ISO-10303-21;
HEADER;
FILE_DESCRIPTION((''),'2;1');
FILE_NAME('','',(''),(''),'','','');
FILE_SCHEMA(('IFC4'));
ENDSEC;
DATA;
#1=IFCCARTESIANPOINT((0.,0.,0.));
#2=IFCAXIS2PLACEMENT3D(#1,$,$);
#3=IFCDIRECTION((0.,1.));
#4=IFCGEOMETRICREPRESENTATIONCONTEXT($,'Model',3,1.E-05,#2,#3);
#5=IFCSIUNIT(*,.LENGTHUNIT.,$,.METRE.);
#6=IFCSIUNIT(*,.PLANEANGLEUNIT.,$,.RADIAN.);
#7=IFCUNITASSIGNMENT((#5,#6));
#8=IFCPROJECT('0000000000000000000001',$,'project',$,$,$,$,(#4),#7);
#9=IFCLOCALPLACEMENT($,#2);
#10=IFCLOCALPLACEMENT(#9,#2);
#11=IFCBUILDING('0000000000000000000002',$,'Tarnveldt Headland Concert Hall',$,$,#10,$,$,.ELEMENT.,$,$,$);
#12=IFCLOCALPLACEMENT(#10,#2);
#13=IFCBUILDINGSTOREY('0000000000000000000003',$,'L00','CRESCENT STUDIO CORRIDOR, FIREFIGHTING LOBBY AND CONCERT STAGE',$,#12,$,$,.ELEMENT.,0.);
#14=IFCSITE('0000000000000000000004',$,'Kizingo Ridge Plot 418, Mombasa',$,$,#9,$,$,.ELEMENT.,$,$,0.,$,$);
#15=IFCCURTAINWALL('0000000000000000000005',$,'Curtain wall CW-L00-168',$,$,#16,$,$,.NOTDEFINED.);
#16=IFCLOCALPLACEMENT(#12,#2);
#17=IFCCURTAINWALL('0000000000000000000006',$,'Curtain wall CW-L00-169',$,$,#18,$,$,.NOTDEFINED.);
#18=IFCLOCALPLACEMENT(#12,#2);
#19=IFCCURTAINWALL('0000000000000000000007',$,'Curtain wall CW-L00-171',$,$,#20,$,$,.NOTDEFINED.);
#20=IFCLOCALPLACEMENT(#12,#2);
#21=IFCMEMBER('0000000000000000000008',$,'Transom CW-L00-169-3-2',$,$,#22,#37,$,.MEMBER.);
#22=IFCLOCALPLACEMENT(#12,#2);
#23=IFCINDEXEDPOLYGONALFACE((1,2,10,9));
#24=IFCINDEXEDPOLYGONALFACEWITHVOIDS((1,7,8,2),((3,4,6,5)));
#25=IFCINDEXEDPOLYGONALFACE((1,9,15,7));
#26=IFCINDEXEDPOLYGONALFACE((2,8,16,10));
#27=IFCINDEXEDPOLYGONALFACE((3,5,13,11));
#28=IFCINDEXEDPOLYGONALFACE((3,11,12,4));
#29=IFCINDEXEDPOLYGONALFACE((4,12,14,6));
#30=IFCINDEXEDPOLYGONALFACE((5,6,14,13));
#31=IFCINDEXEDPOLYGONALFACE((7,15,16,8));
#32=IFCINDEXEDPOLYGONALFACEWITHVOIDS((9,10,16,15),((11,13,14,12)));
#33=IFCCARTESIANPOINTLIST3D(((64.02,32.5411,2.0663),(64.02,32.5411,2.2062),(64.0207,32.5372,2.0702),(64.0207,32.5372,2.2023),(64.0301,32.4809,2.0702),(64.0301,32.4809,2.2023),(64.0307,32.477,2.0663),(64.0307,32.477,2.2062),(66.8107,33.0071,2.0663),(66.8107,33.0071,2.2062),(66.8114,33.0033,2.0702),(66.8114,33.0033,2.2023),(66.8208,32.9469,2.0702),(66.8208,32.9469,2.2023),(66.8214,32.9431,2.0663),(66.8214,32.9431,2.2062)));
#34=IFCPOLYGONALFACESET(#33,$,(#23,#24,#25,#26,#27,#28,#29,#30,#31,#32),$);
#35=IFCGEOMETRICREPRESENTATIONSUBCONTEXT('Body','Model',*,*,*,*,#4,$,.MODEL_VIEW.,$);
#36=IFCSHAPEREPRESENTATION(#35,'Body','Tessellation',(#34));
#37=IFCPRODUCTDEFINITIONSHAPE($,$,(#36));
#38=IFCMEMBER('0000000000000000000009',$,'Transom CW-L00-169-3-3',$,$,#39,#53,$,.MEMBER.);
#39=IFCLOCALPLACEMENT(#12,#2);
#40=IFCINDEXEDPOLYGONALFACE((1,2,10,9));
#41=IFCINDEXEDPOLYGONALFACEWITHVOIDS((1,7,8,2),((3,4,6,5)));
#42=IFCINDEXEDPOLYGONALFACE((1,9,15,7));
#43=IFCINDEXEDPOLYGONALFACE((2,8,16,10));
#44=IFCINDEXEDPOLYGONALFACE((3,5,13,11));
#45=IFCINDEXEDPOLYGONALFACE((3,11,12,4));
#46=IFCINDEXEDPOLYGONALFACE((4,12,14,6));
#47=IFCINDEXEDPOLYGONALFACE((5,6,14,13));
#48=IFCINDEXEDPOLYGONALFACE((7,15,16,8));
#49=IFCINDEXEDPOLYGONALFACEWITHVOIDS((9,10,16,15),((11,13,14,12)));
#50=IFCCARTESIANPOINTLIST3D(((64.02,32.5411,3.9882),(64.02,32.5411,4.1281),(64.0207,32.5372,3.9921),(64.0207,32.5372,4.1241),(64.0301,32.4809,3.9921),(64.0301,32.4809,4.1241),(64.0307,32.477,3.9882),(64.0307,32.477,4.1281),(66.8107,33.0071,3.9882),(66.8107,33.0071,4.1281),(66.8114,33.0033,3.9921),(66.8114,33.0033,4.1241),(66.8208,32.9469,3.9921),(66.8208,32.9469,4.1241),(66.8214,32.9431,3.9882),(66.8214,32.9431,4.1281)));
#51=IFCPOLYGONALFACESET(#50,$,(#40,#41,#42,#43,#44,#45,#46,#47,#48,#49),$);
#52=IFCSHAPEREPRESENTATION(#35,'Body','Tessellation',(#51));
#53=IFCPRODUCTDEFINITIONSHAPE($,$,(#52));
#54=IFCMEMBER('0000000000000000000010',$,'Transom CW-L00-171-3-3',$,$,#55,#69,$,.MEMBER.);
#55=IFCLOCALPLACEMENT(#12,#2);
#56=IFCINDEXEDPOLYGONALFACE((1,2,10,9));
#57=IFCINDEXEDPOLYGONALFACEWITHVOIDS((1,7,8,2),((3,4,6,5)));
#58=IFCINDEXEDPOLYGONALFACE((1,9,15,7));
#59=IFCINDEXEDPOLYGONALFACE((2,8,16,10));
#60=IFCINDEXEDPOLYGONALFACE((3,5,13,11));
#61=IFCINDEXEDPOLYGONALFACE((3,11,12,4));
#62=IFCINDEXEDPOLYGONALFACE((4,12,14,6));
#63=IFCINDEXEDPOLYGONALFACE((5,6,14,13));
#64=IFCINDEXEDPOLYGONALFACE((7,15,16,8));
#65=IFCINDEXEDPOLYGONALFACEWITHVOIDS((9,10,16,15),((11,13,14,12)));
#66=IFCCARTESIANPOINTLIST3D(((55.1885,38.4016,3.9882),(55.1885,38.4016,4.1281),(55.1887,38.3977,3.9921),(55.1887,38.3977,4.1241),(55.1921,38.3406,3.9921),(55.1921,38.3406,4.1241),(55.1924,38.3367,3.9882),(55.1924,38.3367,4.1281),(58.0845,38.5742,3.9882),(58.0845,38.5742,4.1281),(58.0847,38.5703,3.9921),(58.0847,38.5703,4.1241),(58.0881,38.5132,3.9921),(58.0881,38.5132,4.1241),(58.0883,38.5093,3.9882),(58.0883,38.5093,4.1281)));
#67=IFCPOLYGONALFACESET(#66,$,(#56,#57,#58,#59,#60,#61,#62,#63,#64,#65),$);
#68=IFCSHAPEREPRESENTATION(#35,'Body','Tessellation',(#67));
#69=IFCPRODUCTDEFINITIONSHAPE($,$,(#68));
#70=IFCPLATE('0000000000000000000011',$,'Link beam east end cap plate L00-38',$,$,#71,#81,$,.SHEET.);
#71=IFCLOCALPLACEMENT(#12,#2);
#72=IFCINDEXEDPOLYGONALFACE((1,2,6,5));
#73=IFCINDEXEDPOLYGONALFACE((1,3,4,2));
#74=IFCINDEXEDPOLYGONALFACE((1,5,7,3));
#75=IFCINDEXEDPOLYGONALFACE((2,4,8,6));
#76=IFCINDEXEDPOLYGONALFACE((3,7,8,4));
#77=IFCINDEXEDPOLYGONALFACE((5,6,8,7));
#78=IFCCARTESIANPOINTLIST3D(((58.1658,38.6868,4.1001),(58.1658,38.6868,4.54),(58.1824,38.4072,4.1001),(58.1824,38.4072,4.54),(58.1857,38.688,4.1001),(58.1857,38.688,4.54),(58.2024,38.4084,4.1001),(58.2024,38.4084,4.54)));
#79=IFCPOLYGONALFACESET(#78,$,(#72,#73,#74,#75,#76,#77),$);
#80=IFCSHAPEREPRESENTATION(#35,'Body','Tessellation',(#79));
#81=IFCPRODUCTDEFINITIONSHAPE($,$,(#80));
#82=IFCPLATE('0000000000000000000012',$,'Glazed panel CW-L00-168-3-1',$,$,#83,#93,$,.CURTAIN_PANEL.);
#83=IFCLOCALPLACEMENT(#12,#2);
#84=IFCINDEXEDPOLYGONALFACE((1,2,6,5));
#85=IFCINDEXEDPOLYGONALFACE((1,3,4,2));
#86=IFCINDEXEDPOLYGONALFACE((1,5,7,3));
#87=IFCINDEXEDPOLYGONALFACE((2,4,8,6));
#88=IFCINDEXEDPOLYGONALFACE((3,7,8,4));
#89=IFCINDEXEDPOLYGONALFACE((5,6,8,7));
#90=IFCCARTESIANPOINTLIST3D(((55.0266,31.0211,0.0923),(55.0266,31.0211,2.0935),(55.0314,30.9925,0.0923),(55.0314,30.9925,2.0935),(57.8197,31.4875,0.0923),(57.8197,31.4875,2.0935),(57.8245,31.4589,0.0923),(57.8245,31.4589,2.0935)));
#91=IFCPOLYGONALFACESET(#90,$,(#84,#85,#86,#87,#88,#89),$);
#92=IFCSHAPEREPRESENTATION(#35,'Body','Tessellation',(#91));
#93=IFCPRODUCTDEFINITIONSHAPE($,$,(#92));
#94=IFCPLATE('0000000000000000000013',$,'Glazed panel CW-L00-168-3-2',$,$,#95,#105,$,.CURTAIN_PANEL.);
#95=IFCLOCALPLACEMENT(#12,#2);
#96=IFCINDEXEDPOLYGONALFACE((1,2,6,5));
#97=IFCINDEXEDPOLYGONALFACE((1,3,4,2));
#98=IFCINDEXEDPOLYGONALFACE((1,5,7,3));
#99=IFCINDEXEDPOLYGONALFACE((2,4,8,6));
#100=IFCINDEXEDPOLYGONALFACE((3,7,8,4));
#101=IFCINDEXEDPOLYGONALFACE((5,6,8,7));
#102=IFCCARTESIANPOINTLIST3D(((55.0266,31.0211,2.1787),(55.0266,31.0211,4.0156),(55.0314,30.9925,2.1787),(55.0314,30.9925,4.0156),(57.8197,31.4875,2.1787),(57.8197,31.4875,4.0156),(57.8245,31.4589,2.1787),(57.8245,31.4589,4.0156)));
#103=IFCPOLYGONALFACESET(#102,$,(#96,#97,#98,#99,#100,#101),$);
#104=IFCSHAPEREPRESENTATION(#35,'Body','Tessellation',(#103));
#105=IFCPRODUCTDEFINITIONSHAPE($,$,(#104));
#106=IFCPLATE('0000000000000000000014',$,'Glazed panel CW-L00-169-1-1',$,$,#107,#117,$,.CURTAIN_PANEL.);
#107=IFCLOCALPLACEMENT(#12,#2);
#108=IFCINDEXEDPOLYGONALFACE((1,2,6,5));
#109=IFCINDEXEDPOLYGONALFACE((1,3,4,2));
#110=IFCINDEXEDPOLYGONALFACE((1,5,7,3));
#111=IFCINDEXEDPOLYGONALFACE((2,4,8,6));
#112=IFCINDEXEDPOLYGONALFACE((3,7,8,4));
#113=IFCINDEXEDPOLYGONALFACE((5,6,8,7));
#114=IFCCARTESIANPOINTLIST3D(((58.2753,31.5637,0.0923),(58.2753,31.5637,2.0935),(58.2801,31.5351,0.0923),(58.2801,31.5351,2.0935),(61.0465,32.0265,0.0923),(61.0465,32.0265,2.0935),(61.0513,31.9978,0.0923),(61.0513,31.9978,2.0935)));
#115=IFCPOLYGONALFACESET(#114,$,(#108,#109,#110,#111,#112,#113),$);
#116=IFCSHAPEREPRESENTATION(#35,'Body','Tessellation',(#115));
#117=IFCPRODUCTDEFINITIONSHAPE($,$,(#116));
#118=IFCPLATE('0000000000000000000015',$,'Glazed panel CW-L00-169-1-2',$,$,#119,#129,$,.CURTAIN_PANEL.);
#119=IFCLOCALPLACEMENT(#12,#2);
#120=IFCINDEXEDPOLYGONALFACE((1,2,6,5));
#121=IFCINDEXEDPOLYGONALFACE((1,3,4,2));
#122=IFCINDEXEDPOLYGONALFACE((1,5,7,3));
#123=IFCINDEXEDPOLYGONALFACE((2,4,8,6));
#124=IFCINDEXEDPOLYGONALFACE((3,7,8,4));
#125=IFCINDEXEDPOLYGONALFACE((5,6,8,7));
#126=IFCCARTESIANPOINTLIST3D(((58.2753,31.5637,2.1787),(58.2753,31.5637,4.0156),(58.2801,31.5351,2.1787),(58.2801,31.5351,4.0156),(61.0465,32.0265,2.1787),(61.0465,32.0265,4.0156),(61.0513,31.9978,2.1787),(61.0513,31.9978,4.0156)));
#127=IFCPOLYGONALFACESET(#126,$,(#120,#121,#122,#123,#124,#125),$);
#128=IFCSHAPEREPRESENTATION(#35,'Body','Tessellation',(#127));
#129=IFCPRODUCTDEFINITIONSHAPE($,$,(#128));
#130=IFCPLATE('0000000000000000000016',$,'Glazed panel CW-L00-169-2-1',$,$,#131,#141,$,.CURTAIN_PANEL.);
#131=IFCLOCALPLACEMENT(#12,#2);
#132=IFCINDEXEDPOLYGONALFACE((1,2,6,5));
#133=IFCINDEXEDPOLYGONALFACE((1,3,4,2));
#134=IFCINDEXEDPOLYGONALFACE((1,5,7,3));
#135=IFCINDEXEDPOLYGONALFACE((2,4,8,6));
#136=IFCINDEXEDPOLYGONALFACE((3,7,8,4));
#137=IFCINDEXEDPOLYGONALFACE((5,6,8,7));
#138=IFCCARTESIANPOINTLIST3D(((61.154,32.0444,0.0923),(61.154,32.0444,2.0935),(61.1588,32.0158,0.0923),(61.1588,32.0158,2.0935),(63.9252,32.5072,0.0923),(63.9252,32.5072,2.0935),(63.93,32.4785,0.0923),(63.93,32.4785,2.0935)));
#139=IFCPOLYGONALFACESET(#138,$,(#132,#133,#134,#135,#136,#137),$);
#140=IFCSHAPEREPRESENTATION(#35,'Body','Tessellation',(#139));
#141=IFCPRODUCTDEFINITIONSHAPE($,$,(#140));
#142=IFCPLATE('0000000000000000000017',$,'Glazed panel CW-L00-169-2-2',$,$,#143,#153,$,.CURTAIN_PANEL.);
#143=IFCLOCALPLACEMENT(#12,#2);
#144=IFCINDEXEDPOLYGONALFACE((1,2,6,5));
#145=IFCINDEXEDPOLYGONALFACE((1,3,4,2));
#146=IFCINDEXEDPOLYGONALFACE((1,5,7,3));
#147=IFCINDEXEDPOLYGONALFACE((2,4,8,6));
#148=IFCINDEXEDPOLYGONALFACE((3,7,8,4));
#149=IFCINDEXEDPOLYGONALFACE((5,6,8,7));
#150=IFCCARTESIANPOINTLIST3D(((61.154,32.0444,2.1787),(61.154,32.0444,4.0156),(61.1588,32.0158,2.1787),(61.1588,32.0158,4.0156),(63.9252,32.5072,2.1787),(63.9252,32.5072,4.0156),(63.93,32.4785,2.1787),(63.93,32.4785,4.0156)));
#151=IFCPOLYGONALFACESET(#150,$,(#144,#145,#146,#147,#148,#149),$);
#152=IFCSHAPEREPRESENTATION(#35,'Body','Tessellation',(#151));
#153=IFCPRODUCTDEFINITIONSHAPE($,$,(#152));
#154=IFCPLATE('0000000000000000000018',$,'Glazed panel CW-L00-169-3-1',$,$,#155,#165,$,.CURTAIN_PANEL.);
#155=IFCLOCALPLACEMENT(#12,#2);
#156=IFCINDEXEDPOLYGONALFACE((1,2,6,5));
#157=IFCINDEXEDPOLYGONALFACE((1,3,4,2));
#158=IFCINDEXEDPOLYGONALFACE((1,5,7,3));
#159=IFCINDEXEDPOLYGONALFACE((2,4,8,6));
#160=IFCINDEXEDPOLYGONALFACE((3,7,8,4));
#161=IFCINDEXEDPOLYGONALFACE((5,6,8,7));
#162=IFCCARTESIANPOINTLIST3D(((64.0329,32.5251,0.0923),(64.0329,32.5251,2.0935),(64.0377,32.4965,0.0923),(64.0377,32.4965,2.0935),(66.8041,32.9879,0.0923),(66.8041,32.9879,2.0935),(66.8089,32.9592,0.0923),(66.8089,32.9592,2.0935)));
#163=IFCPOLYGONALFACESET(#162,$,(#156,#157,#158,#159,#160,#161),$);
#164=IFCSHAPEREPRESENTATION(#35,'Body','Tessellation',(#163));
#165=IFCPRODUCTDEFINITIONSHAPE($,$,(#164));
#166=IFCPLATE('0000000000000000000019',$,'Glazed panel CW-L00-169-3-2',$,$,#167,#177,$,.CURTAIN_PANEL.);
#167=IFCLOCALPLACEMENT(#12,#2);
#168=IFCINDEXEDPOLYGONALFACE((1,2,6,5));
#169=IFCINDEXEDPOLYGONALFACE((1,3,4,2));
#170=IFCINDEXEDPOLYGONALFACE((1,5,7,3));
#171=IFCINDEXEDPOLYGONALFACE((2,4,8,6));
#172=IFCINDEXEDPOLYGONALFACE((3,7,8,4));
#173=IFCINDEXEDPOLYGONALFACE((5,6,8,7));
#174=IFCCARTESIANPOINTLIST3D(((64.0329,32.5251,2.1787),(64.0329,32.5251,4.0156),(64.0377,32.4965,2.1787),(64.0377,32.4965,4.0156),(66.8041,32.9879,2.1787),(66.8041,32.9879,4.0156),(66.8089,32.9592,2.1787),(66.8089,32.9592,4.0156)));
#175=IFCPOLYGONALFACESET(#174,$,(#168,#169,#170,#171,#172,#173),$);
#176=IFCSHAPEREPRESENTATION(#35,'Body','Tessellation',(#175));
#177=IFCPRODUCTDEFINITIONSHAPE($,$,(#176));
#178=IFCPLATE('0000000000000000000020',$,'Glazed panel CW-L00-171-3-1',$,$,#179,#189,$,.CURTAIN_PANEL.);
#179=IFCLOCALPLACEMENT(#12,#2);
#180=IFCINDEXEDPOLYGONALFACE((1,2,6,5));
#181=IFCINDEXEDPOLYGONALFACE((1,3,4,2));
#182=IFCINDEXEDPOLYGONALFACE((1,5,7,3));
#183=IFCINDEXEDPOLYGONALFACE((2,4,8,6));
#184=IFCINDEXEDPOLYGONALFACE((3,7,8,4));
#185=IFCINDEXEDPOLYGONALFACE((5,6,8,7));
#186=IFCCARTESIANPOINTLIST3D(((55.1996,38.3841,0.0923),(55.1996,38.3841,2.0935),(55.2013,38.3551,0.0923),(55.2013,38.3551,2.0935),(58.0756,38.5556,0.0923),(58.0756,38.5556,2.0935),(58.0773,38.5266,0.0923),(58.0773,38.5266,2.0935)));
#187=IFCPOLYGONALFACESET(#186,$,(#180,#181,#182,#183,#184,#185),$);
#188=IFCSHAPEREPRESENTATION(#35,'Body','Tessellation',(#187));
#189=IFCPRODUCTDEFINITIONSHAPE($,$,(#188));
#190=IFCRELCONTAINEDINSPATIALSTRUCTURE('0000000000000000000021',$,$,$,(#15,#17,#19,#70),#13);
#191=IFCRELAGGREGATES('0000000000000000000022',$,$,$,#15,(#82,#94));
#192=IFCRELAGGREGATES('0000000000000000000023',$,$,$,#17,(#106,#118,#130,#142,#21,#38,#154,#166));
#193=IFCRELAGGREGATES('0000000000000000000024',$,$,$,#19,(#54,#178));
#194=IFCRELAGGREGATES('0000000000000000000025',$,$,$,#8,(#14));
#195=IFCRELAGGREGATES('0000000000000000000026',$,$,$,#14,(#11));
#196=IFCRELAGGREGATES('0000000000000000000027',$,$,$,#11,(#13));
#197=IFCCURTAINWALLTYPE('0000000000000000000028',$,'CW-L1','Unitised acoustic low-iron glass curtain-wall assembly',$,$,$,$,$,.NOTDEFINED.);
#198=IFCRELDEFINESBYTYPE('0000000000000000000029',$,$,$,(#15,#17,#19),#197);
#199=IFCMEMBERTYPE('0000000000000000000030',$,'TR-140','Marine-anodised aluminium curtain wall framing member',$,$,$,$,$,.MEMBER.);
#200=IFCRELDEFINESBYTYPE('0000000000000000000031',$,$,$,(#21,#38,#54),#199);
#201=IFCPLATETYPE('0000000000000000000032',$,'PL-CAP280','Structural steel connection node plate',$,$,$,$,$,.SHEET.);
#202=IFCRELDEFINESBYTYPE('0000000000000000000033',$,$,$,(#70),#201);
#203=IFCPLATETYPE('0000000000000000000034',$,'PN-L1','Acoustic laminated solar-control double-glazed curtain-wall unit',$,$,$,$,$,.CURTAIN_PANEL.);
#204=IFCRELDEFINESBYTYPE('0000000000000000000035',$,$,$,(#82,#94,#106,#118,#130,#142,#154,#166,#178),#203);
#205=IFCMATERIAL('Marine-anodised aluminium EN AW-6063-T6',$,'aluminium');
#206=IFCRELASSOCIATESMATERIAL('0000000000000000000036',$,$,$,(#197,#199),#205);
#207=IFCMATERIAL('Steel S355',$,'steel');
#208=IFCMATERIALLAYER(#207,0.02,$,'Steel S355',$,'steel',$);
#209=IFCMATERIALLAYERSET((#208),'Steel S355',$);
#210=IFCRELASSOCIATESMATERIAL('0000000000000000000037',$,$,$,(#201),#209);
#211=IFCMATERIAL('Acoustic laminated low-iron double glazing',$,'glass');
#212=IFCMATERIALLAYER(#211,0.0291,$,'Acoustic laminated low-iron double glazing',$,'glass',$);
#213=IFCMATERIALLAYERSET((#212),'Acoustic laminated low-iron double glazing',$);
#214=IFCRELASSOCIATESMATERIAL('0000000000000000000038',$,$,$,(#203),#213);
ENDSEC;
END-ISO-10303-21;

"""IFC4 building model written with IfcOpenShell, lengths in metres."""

from ifc_helpers import new_model, si_unit, direction, frame, origin, origin_2d, place, context, subcontext, project, spatial, rectangle, hollow_rectangle, extrude, material, layer, layer_set, material_profile, profile_set, type_object, element, aggregate, save


model = new_model("IFC4")

# Units and contexts
model_context = context("Model", 3, precision=1e-05, world=origin(), true_north=direction((0.0, 1.0)))
body_context = subcontext(model_context, "Body", "Model", "MODEL_VIEW")
ifc_project = project(units=[si_unit("LENGTHUNIT", "METRE"), si_unit("PLANEANGLEUNIT", "RADIAN")], contexts=[model_context])

# Site, building, storey
site_placement = place(None, origin())
site = spatial("IfcSite", under=ifc_project, at=site_placement, Name="Kizingo Ridge Plot 418, Mombasa", CompositionType="ELEMENT", RefElevation=0.0)
building_placement = place(site_placement, origin())
building = spatial("IfcBuilding", under=site, at=building_placement, Name="Tarnveldt Headland Concert Hall", CompositionType="ELEMENT")
storey_placement = place(building_placement, origin())
storey = spatial("IfcBuildingStorey", under=building, at=storey_placement, Name="L00", Description="CRESCENT STUDIO CORRIDOR, FIREFIGHTING LOBBY AND CONCERT STAGE", CompositionType="ELEMENT", Elevation=0.0)

# Shared definitions
ifc_material_1 = material(Name="Steel S355", Category="steel")

# Curtain wall
ifc_material_2 = material(Name="Marine-anodised aluminium EN AW-6063-T6", Category="aluminium")
curtain_wall_type = type_object("IfcCurtainWallType", Name="CW-L1", Description="Unitised acoustic low-iron glass curtain-wall assembly", PredefinedType="NOTDEFINED", material=ifc_material_2)
curtain_wall_1_placement = place(storey_placement, origin())
curtain_wall_1 = element("IfcCurtainWall", 1, at=curtain_wall_1_placement, inside=storey, type_object=curtain_wall_type, Name="Curtain wall CW-L00-168", PredefinedType="NOTDEFINED")

# Curtain wall
curtain_wall_2_placement = place(storey_placement, origin())
curtain_wall_2 = element("IfcCurtainWall", 2, at=curtain_wall_2_placement, inside=storey, type_object=curtain_wall_type, Name="Curtain wall CW-L00-169", PredefinedType="NOTDEFINED")

# Curtain wall
curtain_wall_3_placement = place(storey_placement, origin())
curtain_wall_3 = element("IfcCurtainWall", 3, at=curtain_wall_3_placement, inside=storey, type_object=curtain_wall_type, Name="Curtain wall CW-L00-171", PredefinedType="NOTDEFINED")

# Members
ifc_material_profile_1 = material_profile(ifc_material_2, hollow_rectangle(XDim=0.0649, YDim=0.1399, WallThickness=0.0039, at=origin_2d()), Name="ALU TRANSOM 65x140x4", Category="aluminium")
ifc_profile_set_1 = profile_set([ifc_material_profile_1], Name="Marine-anodised aluminium EN AW-6063-T6")
member_type_1 = type_object("IfcMemberType", Name="TR-140", Description="Marine-anodised aluminium curtain wall framing member", PredefinedType="MEMBER", material=ifc_profile_set_1)
member_1_placement = place(storey_placement, frame((64.0254, 32.509, 2.1362), z_axis=(0.98634, 0.164721, 0.0), x_axis=(-0.164721, 0.98634, 0.0)))
member_1 = element("IfcMember", 4, at=member_1_placement, type_object=member_type_1, Name="Transom CW-L00-169-3-2", PredefinedType="MEMBER", context=body_context, shape_type="SweptSolid", body=[
    extrude(hollow_rectangle(XDim=0.0649, YDim=0.1399, WallThickness=0.0039, at=origin_2d()), origin(), (0.0, 0.0, 1.0), 2.8293),
])
member_2_placement = place(storey_placement, frame((64.0254, 32.509, 4.0581), z_axis=(0.98634, 0.164721, 0.0), x_axis=(-0.164721, 0.98634, 0.0)))
member_2 = element("IfcMember", 5, at=member_2_placement, type_object=member_type_1, Name="Transom CW-L00-169-3-3", PredefinedType="MEMBER", context=body_context, shape_type="SweptSolid", body=[
    extrude(hollow_rectangle(XDim=0.0649, YDim=0.1399, WallThickness=0.0039, at=origin_2d()), origin(), (0.0, 0.0, 1.0), 2.8293),
])
member_3_placement = place(storey_placement, frame((55.1904, 38.3691, 4.0581), z_axis=(0.998229, 0.059497, 0.0), x_axis=(-0.059497, 0.998229, 0.0)))
member_3 = element("IfcMember", 6, at=member_3_placement, type_object=member_type_1, Name="Transom CW-L00-171-3-3", PredefinedType="MEMBER", context=body_context, shape_type="SweptSolid", body=[
    extrude(hollow_rectangle(XDim=0.0649, YDim=0.1399, WallThickness=0.0039, at=origin_2d()), origin(), (0.0, 0.0, 1.0), 2.9011),
])

# Plates
ifc_layer_1 = layer(ifc_material_1, 0.02, Name="Steel S355", Category="steel")
ifc_layer_set_1 = layer_set([ifc_layer_1], Name="Steel S355")
plate_type_1 = type_object("IfcPlateType", Name="PL-CAP280", Description="Structural steel connection node plate", PredefinedType="SHEET", material=ifc_layer_set_1)
plate_1_placement = place(storey_placement, frame((58.1841, 38.5476, 4.1001), z_axis=(0.0, 0.0, 1.0), x_axis=(0.998229, 0.059481, 0.0)))
element("IfcPlate", 7, at=plate_1_placement, inside=storey, type_object=plate_type_1, Name="Link beam east end cap plate L00-38", PredefinedType="SHEET", context=body_context, shape_type="SweptSolid", body=[
    extrude(rectangle(XDim=0.02, YDim=0.28, at=origin_2d()), origin(), (0.0, 0.0, 1.0), 0.4399),
])
ifc_material_3 = material(Name="Acoustic laminated low-iron double glazing", Category="glass")
ifc_layer_2 = layer(ifc_material_3, 0.0291, Name="Acoustic laminated low-iron double glazing", Category="glass")
ifc_layer_set_2 = layer_set([ifc_layer_2], Name="Acoustic laminated low-iron double glazing")
plate_type_2 = type_object("IfcPlateType", Name="PN-L1", Description="Acoustic laminated solar-control double-glazed curtain-wall unit", PredefinedType="CURTAIN_PANEL", material=ifc_layer_set_2)
plate_2_placement = place(storey_placement, frame((56.4255, 31.24, 0.0923), z_axis=(0.0, 0.0, 1.0), x_axis=(0.986343, 0.164703, 0.0)))
plate_2 = element("IfcPlate", 8, at=plate_2_placement, type_object=plate_type_2, Name="Glazed panel CW-L00-168-3-1", PredefinedType="CURTAIN_PANEL", context=body_context, shape_type="SweptSolid", body=[
    extrude(rectangle(XDim=2.8318, YDim=0.0291, at=origin_2d()), origin(), (0.0, 0.0, 1.0), 2.0012),
])
plate_3_placement = place(storey_placement, frame((56.4255, 31.24, 2.1787), z_axis=(0.0, 0.0, 1.0), x_axis=(0.986343, 0.164703, 0.0)))
plate_3 = element("IfcPlate", 9, at=plate_3_placement, type_object=plate_type_2, Name="Glazed panel CW-L00-168-3-2", PredefinedType="CURTAIN_PANEL", context=body_context, shape_type="SweptSolid", body=[
    extrude(rectangle(XDim=2.8318, YDim=0.0291, at=origin_2d()), origin(), (0.0, 0.0, 1.0), 1.8369),
])
aggregate(curtain_wall_1, [plate_2, plate_3])
plate_4_placement = place(storey_placement, frame((59.6633, 31.7808, 0.0923), z_axis=(0.0, 0.0, 1.0), x_axis=(0.986343, 0.164703, 0.0)))
plate_4 = element("IfcPlate", 10, at=plate_4_placement, type_object=plate_type_2, Name="Glazed panel CW-L00-169-1-1", PredefinedType="CURTAIN_PANEL", context=body_context, shape_type="SweptSolid", body=[
    extrude(rectangle(XDim=2.8096, YDim=0.0291, at=origin_2d()), origin(), (0.0, 0.0, 1.0), 2.0012),
])
plate_5_placement = place(storey_placement, frame((59.6633, 31.7808, 2.1787), z_axis=(0.0, 0.0, 1.0), x_axis=(0.986343, 0.164703, 0.0)))
plate_5 = element("IfcPlate", 11, at=plate_5_placement, type_object=plate_type_2, Name="Glazed panel CW-L00-169-1-2", PredefinedType="CURTAIN_PANEL", context=body_context, shape_type="SweptSolid", body=[
    extrude(rectangle(XDim=2.8096, YDim=0.0291, at=origin_2d()), origin(), (0.0, 0.0, 1.0), 1.8369),
])
plate_6_placement = place(storey_placement, frame((62.542, 32.2615, 0.0923), z_axis=(0.0, 0.0, 1.0), x_axis=(0.986343, 0.164703, 0.0)))
plate_6 = element("IfcPlate", 12, at=plate_6_placement, type_object=plate_type_2, Name="Glazed panel CW-L00-169-2-1", PredefinedType="CURTAIN_PANEL", context=body_context, shape_type="SweptSolid", body=[
    extrude(rectangle(XDim=2.8096, YDim=0.0291, at=origin_2d()), origin(), (0.0, 0.0, 1.0), 2.0012),
])
plate_7_placement = place(storey_placement, frame((62.542, 32.2615, 2.1787), z_axis=(0.0, 0.0, 1.0), x_axis=(0.986343, 0.164703, 0.0)))
plate_7 = element("IfcPlate", 13, at=plate_7_placement, type_object=plate_type_2, Name="Glazed panel CW-L00-169-2-2", PredefinedType="CURTAIN_PANEL", context=body_context, shape_type="SweptSolid", body=[
    extrude(rectangle(XDim=2.8096, YDim=0.0291, at=origin_2d()), origin(), (0.0, 0.0, 1.0), 1.8369),
])
plate_8_placement = place(storey_placement, frame((65.4209, 32.7422, 0.0923), z_axis=(0.0, 0.0, 1.0), x_axis=(0.986343, 0.164703, 0.0)))
plate_8 = element("IfcPlate", 14, at=plate_8_placement, type_object=plate_type_2, Name="Glazed panel CW-L00-169-3-1", PredefinedType="CURTAIN_PANEL", context=body_context, shape_type="SweptSolid", body=[
    extrude(rectangle(XDim=2.8096, YDim=0.0291, at=origin_2d()), origin(), (0.0, 0.0, 1.0), 2.0012),
])
plate_9_placement = place(storey_placement, frame((65.4209, 32.7422, 2.1787), z_axis=(0.0, 0.0, 1.0), x_axis=(0.986343, 0.164703, 0.0)))
plate_9 = element("IfcPlate", 15, at=plate_9_placement, type_object=plate_type_2, Name="Glazed panel CW-L00-169-3-2", PredefinedType="CURTAIN_PANEL", context=body_context, shape_type="SweptSolid", body=[
    extrude(rectangle(XDim=2.8096, YDim=0.0291, at=origin_2d()), origin(), (0.0, 0.0, 1.0), 1.8369),
])
aggregate(curtain_wall_2, [plate_4, plate_5, plate_6, plate_7, member_1, member_2, plate_8, plate_9])
plate_10_placement = place(storey_placement, frame((56.6384, 38.4553, 0.0923), z_axis=(0.0, 0.0, 1.0), x_axis=(0.998227, 0.059515, 0.0)))
plate_10 = element("IfcPlate", 16, at=plate_10_placement, type_object=plate_type_2, Name="Glazed panel CW-L00-171-3-1", PredefinedType="CURTAIN_PANEL", context=body_context, shape_type="SweptSolid", body=[
    extrude(rectangle(XDim=2.8811, YDim=0.0291, at=origin_2d()), origin(), (0.0, 0.0, 1.0), 2.0012),
])
aggregate(curtain_wall_3, [member_3, plate_10])

save(model, "model.ifc")
